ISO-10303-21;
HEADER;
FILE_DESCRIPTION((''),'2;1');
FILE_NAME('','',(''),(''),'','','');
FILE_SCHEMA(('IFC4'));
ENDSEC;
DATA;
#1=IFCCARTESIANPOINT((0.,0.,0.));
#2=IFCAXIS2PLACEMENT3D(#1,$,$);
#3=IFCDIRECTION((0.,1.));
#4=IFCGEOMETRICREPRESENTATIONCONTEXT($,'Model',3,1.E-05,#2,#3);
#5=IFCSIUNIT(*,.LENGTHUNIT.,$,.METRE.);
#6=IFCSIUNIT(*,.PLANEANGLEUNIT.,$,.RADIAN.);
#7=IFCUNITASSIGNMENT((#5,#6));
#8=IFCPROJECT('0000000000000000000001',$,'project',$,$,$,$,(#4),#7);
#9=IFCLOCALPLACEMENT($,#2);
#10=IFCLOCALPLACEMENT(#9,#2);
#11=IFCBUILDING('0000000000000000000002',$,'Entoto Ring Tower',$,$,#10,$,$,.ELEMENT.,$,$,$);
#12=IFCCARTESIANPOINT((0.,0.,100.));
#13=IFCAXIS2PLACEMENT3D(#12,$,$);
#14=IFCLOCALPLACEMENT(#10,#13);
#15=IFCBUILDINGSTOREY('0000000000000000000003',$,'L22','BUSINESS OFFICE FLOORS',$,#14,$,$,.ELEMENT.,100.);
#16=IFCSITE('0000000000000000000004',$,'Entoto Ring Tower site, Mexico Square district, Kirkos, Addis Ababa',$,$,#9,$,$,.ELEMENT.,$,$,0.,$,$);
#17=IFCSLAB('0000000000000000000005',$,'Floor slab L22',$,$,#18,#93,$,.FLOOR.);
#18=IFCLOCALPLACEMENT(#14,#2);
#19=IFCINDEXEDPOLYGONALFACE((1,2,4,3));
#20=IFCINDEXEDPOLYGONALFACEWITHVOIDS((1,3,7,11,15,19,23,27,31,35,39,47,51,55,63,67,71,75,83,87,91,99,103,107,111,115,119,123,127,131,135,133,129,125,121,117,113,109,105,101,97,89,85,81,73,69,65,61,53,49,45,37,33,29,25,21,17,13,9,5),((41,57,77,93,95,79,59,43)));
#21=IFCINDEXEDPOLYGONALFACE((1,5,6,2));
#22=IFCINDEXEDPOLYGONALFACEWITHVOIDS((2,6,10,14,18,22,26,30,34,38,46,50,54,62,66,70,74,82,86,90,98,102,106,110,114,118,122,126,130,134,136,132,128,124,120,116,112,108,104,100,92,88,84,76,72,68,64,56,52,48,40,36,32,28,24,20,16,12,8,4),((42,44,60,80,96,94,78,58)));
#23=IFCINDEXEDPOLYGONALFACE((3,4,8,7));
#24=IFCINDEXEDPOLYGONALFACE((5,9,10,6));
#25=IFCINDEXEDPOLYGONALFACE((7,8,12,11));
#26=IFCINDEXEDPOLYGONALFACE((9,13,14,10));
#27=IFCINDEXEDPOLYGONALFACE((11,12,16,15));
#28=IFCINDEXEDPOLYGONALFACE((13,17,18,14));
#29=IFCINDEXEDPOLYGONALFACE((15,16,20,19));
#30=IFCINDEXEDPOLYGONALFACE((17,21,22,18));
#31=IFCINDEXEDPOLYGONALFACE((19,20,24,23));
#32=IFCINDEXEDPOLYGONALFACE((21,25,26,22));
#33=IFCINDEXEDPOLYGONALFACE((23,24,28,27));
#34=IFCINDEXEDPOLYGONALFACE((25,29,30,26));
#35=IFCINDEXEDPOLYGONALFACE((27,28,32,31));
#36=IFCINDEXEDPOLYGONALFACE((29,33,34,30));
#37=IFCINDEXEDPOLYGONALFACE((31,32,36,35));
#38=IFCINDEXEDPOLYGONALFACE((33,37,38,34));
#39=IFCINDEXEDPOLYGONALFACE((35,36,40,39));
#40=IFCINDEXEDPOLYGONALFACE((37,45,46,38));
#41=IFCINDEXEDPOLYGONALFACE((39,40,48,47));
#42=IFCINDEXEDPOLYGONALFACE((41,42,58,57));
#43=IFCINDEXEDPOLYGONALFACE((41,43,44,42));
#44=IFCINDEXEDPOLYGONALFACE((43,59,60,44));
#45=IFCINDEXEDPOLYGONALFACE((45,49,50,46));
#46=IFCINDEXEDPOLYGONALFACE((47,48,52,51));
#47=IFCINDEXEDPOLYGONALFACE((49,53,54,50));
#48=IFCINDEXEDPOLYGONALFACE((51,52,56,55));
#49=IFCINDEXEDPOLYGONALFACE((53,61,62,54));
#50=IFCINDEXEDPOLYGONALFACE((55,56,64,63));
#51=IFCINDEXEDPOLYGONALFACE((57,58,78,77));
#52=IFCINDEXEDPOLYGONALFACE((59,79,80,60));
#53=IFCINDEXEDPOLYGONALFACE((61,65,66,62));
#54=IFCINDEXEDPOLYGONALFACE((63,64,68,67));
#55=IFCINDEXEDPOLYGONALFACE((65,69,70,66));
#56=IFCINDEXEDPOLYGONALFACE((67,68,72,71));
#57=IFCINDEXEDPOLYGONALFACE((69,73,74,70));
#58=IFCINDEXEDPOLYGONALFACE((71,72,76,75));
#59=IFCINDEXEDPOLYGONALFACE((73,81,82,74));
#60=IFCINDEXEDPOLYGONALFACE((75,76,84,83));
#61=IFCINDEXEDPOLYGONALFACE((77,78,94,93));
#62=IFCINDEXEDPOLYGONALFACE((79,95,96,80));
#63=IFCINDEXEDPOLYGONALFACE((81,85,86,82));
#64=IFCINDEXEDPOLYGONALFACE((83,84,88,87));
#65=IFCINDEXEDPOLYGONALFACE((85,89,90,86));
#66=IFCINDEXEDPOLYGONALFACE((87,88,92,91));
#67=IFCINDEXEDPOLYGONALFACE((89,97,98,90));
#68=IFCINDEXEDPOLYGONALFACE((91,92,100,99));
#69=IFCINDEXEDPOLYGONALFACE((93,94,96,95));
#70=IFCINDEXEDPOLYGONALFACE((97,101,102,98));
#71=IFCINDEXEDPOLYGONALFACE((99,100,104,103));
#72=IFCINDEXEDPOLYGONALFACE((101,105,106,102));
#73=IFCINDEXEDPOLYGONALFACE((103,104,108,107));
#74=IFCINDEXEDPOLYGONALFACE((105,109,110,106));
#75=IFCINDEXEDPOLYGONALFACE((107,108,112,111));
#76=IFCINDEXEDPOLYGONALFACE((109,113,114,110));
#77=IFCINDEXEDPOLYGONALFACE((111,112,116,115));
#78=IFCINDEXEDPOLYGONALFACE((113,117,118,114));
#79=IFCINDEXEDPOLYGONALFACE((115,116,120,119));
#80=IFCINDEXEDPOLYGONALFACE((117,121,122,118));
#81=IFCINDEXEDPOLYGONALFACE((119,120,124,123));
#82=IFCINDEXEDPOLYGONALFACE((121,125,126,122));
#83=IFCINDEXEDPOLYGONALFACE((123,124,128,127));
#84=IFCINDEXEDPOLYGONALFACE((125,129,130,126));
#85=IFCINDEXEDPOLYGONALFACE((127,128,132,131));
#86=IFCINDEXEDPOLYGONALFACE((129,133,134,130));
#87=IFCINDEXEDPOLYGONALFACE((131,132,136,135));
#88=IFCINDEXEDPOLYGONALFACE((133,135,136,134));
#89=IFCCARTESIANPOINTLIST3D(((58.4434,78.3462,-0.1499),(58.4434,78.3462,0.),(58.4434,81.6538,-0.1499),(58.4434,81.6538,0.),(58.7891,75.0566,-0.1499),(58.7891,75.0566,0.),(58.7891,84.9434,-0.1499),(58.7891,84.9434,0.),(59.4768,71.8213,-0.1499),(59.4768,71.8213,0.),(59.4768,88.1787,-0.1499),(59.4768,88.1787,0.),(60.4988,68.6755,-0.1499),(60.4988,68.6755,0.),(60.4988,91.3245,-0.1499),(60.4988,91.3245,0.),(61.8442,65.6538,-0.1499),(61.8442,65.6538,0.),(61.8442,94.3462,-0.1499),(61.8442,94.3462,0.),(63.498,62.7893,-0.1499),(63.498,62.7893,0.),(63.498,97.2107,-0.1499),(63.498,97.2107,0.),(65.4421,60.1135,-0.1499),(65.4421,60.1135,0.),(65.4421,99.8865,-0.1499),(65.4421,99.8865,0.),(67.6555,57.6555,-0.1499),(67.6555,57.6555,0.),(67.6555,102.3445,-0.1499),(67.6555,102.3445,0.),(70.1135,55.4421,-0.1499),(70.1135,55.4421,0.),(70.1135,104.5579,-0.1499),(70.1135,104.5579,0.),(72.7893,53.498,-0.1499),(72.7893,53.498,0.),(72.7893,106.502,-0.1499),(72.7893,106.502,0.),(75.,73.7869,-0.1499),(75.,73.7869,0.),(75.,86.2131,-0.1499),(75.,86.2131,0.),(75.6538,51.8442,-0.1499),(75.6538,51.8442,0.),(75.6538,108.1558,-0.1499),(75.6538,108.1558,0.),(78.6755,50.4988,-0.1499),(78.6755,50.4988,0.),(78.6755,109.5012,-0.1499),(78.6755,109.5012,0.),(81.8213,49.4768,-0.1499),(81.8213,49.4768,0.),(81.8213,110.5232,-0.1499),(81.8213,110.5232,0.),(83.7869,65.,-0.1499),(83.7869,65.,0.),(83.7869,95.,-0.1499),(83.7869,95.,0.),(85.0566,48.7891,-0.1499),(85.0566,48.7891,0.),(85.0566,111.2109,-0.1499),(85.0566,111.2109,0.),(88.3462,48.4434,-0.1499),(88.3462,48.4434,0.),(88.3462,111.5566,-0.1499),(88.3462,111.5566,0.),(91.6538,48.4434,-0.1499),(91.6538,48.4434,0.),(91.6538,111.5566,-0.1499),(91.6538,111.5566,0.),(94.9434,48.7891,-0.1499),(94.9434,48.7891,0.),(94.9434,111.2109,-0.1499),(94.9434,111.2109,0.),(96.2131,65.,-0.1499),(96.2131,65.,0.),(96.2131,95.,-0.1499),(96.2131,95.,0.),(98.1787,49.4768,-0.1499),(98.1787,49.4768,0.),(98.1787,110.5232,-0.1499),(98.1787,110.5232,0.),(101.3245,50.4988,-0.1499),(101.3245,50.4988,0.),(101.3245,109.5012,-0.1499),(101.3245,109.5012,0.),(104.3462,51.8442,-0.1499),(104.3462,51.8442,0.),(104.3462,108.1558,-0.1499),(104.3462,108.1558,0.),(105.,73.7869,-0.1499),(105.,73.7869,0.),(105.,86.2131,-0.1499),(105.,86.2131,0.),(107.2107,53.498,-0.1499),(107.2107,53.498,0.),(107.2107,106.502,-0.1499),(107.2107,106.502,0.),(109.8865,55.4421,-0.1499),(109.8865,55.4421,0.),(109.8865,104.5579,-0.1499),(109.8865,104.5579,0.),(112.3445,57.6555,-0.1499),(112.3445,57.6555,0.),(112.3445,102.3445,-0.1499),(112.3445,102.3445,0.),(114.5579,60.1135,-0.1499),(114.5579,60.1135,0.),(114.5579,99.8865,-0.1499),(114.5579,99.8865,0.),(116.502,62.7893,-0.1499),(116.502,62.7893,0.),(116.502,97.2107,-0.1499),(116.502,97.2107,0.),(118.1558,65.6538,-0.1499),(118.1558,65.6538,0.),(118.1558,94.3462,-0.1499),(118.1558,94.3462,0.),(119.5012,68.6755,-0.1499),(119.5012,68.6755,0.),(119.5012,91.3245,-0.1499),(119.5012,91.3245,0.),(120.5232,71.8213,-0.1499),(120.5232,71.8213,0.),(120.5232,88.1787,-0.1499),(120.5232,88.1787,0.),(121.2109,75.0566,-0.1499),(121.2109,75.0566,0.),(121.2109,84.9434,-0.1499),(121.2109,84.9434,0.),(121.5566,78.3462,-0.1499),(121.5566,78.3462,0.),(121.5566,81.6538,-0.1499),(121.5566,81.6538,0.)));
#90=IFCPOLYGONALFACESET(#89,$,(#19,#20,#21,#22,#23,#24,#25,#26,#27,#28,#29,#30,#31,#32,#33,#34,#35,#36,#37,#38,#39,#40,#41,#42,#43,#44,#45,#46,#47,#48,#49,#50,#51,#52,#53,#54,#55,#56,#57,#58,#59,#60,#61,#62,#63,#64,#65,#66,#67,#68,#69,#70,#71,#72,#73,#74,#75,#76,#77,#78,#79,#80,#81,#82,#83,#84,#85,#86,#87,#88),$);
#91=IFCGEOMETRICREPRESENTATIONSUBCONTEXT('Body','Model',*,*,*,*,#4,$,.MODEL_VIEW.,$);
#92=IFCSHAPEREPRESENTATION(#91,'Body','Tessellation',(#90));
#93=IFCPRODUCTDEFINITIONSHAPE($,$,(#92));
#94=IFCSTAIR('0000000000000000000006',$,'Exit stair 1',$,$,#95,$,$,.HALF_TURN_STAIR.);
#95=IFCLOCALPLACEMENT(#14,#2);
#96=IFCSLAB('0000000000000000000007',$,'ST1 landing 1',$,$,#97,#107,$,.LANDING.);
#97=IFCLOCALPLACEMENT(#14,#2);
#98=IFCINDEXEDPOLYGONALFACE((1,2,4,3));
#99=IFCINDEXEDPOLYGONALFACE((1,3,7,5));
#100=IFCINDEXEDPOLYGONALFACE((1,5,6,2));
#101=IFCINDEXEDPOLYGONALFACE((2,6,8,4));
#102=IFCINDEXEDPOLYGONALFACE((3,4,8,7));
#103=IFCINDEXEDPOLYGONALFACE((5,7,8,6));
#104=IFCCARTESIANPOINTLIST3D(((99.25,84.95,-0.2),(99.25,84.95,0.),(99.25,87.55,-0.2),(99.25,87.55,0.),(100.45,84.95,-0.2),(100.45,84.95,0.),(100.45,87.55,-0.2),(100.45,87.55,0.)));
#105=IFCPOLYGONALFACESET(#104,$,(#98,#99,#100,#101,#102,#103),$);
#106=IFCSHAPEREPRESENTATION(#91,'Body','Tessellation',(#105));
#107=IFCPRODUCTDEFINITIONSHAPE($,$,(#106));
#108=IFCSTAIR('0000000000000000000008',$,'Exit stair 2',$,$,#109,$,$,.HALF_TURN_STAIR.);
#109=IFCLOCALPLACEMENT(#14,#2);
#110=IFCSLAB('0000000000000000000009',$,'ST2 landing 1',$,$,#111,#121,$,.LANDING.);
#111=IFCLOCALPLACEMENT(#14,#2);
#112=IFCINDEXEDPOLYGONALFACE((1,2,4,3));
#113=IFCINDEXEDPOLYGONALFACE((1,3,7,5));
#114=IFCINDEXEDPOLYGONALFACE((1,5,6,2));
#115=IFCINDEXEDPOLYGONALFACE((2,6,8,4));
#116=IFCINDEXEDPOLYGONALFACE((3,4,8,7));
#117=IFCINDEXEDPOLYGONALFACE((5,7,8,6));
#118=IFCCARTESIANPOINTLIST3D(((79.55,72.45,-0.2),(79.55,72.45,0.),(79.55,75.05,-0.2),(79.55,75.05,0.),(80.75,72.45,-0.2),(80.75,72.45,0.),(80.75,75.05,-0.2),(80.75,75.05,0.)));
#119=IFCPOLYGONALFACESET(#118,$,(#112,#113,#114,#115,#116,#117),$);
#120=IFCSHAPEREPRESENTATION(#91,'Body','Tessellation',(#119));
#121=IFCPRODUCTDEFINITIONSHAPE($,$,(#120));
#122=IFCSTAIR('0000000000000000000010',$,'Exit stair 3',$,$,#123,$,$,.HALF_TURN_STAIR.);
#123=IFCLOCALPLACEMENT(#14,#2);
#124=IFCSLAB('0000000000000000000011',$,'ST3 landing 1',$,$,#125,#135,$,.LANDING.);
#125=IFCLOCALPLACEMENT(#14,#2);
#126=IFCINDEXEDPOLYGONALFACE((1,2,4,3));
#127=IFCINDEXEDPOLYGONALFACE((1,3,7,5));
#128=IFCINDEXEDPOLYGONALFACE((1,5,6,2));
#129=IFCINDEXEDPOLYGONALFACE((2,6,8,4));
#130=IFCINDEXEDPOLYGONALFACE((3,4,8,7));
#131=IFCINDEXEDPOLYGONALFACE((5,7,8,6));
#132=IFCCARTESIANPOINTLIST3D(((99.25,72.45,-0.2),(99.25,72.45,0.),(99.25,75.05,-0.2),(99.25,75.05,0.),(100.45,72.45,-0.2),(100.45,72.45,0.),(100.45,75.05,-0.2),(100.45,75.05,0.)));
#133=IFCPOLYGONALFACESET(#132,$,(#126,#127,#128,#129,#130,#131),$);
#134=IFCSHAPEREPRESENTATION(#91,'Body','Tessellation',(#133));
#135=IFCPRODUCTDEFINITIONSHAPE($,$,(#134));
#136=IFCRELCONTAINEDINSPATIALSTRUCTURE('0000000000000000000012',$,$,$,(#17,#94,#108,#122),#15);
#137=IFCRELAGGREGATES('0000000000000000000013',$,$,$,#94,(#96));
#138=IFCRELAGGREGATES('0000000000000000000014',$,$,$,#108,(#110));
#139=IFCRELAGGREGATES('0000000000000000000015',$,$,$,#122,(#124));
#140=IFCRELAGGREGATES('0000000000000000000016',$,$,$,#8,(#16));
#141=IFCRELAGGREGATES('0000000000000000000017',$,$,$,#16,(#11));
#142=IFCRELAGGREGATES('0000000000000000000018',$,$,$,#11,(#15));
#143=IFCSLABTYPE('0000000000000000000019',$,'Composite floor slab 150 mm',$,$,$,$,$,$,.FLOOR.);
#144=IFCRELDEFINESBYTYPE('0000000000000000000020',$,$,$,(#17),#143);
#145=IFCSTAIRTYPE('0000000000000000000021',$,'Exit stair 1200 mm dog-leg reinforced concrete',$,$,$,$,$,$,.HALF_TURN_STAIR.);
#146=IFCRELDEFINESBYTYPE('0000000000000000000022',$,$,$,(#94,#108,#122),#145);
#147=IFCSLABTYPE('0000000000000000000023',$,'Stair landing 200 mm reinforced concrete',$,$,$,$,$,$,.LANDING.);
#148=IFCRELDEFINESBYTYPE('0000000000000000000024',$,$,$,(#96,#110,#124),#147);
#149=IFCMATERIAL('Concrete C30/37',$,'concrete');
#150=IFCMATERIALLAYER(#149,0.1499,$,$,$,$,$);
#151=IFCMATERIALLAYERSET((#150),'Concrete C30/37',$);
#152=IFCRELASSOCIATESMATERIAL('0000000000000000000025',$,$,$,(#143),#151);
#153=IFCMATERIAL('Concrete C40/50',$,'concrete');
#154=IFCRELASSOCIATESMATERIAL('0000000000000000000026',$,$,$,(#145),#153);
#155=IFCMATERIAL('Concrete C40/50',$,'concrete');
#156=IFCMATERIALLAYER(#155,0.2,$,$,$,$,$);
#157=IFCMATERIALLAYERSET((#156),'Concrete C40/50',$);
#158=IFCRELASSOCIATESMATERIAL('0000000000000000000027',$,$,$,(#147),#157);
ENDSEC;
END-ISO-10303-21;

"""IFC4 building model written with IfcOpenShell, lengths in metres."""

from ifc_helpers import new_model, si_unit, direction, frame, origin, place, context, subcontext, project, spatial, polyline, outline, extrude, material, layer, layer_set, type_object, element, aggregate, save


model = new_model("IFC4")

# Units and contexts
model_context = context("Model", 3, precision=1e-05, world=origin(), true_north=direction((0.0, 1.0)))
body_context = subcontext(model_context, "Body", "Model", "MODEL_VIEW")
ifc_project = project(units=[si_unit("LENGTHUNIT", "METRE"), si_unit("PLANEANGLEUNIT", "RADIAN")], contexts=[model_context])

# Site, building, storey
site_placement = place(None, origin())
building_placement = place(site_placement, origin())
storey_placement = place(building_placement, frame((0.0, 0.0, 100.0)))
site = spatial("IfcSite", under=ifc_project, at=site_placement, Name="Entoto Ring Tower site, Mexico Square district, Kirkos, Addis Ababa", CompositionType="ELEMENT", RefElevation=0.0)
building = spatial("IfcBuilding", under=site, at=building_placement, Name="Entoto Ring Tower", CompositionType="ELEMENT")
storey = spatial("IfcBuildingStorey", under=building, at=storey_placement, Name="L22", Description="BUSINESS OFFICE FLOORS", CompositionType="ELEMENT", Elevation=100.0)

# Slab
ifc_material_1 = material(Name="Concrete C30/37", Category="concrete")
ifc_layer_1 = layer(ifc_material_1, 0.1499)
ifc_layer_set_1 = layer_set([ifc_layer_1], Name="Concrete C30/37")
slab_type_1 = type_object("IfcSlabType", Name="Composite floor slab 150 mm", PredefinedType="FLOOR", material=ifc_layer_set_1)
slab_1_placement = place(storey_placement, frame((0.0, 0.0, -0.1499)))
element("IfcSlab", 1, at=slab_1_placement, inside=storey, type_object=slab_type_1, Name="Floor slab L22", PredefinedType="FLOOR", context=body_context, shape_type="SweptSolid", body=[
    extrude(outline(polyline([(121.2109, 84.9434), (120.5232, 88.1787), (119.5012, 91.3245), (118.1558, 94.3462), (116.502, 97.2107), (114.5579, 99.8865), (112.3445, 102.3445), (109.8865, 104.5579), (107.2107, 106.502), (104.3462, 108.1558), (101.3245, 109.5012), (98.1787, 110.5232), (94.9434, 111.2109), (91.6538, 111.5566), (88.3462, 111.5566), (85.0566, 111.2109), (81.8213, 110.5232), (78.6755, 109.5012), (75.6538, 108.1558), (72.7893, 106.502), (70.1135, 104.5579), (67.6555, 102.3445), (65.4421, 99.8865), (63.498, 97.2107), (61.8442, 94.3462), (60.4988, 91.3245), (59.4768, 88.1787), (58.7891, 84.9434), (58.4434, 81.6538), (58.4434, 78.3462), (58.7891, 75.0566), (59.4768, 71.8213), (60.4988, 68.6755), (61.8442, 65.6538), (63.498, 62.7893), (65.4421, 60.1135), (67.6555, 57.6555), (70.1135, 55.4421), (72.7893, 53.498), (75.6538, 51.8442), (78.6755, 50.4988), (81.8213, 49.4768), (85.0566, 48.7891), (88.3462, 48.4434), (91.6538, 48.4434), (94.9434, 48.7891), (98.1787, 49.4768), (101.3245, 50.4988), (104.3462, 51.8442), (107.2107, 53.498), (109.8865, 55.4421), (112.3445, 57.6555), (114.5579, 60.1135), (116.502, 62.7893), (118.1558, 65.6538), (119.5012, 68.6755), (120.5232, 71.8213), (121.2109, 75.0566), (121.5566, 78.3462), (121.5566, 81.6538), (121.2109, 84.9434)]), holes=[polyline([(105.0, 73.7869), (105.0, 86.2131), (96.2131, 95.0), (83.7869, 95.0), (75.0, 86.2131), (75.0, 73.7869), (83.7869, 65.0), (96.2131, 65.0), (105.0, 73.7869)])]), origin(), (0.0, 0.0, 1.0), 0.1499),
])

# Stairs, slabs
ifc_material_2 = material(Name="Concrete C40/50", Category="concrete")
stair_type = type_object("IfcStairType", Name="Exit stair 1200 mm dog-leg reinforced concrete", PredefinedType="HALF_TURN_STAIR", material=ifc_material_2)
stair_1_placement = place(storey_placement, origin())
stair_1 = element("IfcStair", 2, at=stair_1_placement, inside=storey, type_object=stair_type, Name="Exit stair 1", PredefinedType="HALF_TURN_STAIR")
ifc_material_3 = material(Name="Concrete C40/50", Category="concrete")
ifc_layer_2 = layer(ifc_material_3, 0.2)
ifc_layer_set_2 = layer_set([ifc_layer_2], Name="Concrete C40/50")
slab_type_2 = type_object("IfcSlabType", Name="Stair landing 200 mm reinforced concrete", PredefinedType="LANDING", material=ifc_layer_set_2)
slab_2_placement = place(storey_placement, frame((0.0, 0.0, -0.2)))
slab_2 = element("IfcSlab", 3, at=slab_2_placement, type_object=slab_type_2, Name="ST1 landing 1", PredefinedType="LANDING", context=body_context, shape_type="SweptSolid", body=[
    extrude(outline(polyline([(100.45, 84.95), (100.45, 87.55), (99.25, 87.55), (99.25, 84.95), (100.45, 84.95)])), origin(), (0.0, 0.0, 1.0), 0.2),
])
aggregate(stair_1, [slab_2])
stair_2_placement = place(storey_placement, origin())
stair_2 = element("IfcStair", 4, at=stair_2_placement, inside=storey, type_object=stair_type, Name="Exit stair 2", PredefinedType="HALF_TURN_STAIR")
slab_3_placement = place(storey_placement, frame((0.0, 0.0, -0.2)))
slab_3 = element("IfcSlab", 5, at=slab_3_placement, type_object=slab_type_2, Name="ST2 landing 1", PredefinedType="LANDING", context=body_context, shape_type="SweptSolid", body=[
    extrude(outline(polyline([(80.75, 72.45), (80.75, 75.05), (79.55, 75.05), (79.55, 72.45), (80.75, 72.45)])), origin(), (0.0, 0.0, 1.0), 0.2),
])
aggregate(stair_2, [slab_3])
stair_3_placement = place(storey_placement, origin())
stair_3 = element("IfcStair", 6, at=stair_3_placement, inside=storey, type_object=stair_type, Name="Exit stair 3", PredefinedType="HALF_TURN_STAIR")
slab_4_placement = place(storey_placement, frame((0.0, 0.0, -0.2)))
slab_4 = element("IfcSlab", 7, at=slab_4_placement, type_object=slab_type_2, Name="ST3 landing 1", PredefinedType="LANDING", context=body_context, shape_type="SweptSolid", body=[
    extrude(outline(polyline([(100.45, 72.45), (100.45, 75.05), (99.25, 75.05), (99.25, 72.45), (100.45, 72.45)])), origin(), (0.0, 0.0, 1.0), 0.2),
])
aggregate(stair_3, [slab_4])

save(model, "model.ifc")
